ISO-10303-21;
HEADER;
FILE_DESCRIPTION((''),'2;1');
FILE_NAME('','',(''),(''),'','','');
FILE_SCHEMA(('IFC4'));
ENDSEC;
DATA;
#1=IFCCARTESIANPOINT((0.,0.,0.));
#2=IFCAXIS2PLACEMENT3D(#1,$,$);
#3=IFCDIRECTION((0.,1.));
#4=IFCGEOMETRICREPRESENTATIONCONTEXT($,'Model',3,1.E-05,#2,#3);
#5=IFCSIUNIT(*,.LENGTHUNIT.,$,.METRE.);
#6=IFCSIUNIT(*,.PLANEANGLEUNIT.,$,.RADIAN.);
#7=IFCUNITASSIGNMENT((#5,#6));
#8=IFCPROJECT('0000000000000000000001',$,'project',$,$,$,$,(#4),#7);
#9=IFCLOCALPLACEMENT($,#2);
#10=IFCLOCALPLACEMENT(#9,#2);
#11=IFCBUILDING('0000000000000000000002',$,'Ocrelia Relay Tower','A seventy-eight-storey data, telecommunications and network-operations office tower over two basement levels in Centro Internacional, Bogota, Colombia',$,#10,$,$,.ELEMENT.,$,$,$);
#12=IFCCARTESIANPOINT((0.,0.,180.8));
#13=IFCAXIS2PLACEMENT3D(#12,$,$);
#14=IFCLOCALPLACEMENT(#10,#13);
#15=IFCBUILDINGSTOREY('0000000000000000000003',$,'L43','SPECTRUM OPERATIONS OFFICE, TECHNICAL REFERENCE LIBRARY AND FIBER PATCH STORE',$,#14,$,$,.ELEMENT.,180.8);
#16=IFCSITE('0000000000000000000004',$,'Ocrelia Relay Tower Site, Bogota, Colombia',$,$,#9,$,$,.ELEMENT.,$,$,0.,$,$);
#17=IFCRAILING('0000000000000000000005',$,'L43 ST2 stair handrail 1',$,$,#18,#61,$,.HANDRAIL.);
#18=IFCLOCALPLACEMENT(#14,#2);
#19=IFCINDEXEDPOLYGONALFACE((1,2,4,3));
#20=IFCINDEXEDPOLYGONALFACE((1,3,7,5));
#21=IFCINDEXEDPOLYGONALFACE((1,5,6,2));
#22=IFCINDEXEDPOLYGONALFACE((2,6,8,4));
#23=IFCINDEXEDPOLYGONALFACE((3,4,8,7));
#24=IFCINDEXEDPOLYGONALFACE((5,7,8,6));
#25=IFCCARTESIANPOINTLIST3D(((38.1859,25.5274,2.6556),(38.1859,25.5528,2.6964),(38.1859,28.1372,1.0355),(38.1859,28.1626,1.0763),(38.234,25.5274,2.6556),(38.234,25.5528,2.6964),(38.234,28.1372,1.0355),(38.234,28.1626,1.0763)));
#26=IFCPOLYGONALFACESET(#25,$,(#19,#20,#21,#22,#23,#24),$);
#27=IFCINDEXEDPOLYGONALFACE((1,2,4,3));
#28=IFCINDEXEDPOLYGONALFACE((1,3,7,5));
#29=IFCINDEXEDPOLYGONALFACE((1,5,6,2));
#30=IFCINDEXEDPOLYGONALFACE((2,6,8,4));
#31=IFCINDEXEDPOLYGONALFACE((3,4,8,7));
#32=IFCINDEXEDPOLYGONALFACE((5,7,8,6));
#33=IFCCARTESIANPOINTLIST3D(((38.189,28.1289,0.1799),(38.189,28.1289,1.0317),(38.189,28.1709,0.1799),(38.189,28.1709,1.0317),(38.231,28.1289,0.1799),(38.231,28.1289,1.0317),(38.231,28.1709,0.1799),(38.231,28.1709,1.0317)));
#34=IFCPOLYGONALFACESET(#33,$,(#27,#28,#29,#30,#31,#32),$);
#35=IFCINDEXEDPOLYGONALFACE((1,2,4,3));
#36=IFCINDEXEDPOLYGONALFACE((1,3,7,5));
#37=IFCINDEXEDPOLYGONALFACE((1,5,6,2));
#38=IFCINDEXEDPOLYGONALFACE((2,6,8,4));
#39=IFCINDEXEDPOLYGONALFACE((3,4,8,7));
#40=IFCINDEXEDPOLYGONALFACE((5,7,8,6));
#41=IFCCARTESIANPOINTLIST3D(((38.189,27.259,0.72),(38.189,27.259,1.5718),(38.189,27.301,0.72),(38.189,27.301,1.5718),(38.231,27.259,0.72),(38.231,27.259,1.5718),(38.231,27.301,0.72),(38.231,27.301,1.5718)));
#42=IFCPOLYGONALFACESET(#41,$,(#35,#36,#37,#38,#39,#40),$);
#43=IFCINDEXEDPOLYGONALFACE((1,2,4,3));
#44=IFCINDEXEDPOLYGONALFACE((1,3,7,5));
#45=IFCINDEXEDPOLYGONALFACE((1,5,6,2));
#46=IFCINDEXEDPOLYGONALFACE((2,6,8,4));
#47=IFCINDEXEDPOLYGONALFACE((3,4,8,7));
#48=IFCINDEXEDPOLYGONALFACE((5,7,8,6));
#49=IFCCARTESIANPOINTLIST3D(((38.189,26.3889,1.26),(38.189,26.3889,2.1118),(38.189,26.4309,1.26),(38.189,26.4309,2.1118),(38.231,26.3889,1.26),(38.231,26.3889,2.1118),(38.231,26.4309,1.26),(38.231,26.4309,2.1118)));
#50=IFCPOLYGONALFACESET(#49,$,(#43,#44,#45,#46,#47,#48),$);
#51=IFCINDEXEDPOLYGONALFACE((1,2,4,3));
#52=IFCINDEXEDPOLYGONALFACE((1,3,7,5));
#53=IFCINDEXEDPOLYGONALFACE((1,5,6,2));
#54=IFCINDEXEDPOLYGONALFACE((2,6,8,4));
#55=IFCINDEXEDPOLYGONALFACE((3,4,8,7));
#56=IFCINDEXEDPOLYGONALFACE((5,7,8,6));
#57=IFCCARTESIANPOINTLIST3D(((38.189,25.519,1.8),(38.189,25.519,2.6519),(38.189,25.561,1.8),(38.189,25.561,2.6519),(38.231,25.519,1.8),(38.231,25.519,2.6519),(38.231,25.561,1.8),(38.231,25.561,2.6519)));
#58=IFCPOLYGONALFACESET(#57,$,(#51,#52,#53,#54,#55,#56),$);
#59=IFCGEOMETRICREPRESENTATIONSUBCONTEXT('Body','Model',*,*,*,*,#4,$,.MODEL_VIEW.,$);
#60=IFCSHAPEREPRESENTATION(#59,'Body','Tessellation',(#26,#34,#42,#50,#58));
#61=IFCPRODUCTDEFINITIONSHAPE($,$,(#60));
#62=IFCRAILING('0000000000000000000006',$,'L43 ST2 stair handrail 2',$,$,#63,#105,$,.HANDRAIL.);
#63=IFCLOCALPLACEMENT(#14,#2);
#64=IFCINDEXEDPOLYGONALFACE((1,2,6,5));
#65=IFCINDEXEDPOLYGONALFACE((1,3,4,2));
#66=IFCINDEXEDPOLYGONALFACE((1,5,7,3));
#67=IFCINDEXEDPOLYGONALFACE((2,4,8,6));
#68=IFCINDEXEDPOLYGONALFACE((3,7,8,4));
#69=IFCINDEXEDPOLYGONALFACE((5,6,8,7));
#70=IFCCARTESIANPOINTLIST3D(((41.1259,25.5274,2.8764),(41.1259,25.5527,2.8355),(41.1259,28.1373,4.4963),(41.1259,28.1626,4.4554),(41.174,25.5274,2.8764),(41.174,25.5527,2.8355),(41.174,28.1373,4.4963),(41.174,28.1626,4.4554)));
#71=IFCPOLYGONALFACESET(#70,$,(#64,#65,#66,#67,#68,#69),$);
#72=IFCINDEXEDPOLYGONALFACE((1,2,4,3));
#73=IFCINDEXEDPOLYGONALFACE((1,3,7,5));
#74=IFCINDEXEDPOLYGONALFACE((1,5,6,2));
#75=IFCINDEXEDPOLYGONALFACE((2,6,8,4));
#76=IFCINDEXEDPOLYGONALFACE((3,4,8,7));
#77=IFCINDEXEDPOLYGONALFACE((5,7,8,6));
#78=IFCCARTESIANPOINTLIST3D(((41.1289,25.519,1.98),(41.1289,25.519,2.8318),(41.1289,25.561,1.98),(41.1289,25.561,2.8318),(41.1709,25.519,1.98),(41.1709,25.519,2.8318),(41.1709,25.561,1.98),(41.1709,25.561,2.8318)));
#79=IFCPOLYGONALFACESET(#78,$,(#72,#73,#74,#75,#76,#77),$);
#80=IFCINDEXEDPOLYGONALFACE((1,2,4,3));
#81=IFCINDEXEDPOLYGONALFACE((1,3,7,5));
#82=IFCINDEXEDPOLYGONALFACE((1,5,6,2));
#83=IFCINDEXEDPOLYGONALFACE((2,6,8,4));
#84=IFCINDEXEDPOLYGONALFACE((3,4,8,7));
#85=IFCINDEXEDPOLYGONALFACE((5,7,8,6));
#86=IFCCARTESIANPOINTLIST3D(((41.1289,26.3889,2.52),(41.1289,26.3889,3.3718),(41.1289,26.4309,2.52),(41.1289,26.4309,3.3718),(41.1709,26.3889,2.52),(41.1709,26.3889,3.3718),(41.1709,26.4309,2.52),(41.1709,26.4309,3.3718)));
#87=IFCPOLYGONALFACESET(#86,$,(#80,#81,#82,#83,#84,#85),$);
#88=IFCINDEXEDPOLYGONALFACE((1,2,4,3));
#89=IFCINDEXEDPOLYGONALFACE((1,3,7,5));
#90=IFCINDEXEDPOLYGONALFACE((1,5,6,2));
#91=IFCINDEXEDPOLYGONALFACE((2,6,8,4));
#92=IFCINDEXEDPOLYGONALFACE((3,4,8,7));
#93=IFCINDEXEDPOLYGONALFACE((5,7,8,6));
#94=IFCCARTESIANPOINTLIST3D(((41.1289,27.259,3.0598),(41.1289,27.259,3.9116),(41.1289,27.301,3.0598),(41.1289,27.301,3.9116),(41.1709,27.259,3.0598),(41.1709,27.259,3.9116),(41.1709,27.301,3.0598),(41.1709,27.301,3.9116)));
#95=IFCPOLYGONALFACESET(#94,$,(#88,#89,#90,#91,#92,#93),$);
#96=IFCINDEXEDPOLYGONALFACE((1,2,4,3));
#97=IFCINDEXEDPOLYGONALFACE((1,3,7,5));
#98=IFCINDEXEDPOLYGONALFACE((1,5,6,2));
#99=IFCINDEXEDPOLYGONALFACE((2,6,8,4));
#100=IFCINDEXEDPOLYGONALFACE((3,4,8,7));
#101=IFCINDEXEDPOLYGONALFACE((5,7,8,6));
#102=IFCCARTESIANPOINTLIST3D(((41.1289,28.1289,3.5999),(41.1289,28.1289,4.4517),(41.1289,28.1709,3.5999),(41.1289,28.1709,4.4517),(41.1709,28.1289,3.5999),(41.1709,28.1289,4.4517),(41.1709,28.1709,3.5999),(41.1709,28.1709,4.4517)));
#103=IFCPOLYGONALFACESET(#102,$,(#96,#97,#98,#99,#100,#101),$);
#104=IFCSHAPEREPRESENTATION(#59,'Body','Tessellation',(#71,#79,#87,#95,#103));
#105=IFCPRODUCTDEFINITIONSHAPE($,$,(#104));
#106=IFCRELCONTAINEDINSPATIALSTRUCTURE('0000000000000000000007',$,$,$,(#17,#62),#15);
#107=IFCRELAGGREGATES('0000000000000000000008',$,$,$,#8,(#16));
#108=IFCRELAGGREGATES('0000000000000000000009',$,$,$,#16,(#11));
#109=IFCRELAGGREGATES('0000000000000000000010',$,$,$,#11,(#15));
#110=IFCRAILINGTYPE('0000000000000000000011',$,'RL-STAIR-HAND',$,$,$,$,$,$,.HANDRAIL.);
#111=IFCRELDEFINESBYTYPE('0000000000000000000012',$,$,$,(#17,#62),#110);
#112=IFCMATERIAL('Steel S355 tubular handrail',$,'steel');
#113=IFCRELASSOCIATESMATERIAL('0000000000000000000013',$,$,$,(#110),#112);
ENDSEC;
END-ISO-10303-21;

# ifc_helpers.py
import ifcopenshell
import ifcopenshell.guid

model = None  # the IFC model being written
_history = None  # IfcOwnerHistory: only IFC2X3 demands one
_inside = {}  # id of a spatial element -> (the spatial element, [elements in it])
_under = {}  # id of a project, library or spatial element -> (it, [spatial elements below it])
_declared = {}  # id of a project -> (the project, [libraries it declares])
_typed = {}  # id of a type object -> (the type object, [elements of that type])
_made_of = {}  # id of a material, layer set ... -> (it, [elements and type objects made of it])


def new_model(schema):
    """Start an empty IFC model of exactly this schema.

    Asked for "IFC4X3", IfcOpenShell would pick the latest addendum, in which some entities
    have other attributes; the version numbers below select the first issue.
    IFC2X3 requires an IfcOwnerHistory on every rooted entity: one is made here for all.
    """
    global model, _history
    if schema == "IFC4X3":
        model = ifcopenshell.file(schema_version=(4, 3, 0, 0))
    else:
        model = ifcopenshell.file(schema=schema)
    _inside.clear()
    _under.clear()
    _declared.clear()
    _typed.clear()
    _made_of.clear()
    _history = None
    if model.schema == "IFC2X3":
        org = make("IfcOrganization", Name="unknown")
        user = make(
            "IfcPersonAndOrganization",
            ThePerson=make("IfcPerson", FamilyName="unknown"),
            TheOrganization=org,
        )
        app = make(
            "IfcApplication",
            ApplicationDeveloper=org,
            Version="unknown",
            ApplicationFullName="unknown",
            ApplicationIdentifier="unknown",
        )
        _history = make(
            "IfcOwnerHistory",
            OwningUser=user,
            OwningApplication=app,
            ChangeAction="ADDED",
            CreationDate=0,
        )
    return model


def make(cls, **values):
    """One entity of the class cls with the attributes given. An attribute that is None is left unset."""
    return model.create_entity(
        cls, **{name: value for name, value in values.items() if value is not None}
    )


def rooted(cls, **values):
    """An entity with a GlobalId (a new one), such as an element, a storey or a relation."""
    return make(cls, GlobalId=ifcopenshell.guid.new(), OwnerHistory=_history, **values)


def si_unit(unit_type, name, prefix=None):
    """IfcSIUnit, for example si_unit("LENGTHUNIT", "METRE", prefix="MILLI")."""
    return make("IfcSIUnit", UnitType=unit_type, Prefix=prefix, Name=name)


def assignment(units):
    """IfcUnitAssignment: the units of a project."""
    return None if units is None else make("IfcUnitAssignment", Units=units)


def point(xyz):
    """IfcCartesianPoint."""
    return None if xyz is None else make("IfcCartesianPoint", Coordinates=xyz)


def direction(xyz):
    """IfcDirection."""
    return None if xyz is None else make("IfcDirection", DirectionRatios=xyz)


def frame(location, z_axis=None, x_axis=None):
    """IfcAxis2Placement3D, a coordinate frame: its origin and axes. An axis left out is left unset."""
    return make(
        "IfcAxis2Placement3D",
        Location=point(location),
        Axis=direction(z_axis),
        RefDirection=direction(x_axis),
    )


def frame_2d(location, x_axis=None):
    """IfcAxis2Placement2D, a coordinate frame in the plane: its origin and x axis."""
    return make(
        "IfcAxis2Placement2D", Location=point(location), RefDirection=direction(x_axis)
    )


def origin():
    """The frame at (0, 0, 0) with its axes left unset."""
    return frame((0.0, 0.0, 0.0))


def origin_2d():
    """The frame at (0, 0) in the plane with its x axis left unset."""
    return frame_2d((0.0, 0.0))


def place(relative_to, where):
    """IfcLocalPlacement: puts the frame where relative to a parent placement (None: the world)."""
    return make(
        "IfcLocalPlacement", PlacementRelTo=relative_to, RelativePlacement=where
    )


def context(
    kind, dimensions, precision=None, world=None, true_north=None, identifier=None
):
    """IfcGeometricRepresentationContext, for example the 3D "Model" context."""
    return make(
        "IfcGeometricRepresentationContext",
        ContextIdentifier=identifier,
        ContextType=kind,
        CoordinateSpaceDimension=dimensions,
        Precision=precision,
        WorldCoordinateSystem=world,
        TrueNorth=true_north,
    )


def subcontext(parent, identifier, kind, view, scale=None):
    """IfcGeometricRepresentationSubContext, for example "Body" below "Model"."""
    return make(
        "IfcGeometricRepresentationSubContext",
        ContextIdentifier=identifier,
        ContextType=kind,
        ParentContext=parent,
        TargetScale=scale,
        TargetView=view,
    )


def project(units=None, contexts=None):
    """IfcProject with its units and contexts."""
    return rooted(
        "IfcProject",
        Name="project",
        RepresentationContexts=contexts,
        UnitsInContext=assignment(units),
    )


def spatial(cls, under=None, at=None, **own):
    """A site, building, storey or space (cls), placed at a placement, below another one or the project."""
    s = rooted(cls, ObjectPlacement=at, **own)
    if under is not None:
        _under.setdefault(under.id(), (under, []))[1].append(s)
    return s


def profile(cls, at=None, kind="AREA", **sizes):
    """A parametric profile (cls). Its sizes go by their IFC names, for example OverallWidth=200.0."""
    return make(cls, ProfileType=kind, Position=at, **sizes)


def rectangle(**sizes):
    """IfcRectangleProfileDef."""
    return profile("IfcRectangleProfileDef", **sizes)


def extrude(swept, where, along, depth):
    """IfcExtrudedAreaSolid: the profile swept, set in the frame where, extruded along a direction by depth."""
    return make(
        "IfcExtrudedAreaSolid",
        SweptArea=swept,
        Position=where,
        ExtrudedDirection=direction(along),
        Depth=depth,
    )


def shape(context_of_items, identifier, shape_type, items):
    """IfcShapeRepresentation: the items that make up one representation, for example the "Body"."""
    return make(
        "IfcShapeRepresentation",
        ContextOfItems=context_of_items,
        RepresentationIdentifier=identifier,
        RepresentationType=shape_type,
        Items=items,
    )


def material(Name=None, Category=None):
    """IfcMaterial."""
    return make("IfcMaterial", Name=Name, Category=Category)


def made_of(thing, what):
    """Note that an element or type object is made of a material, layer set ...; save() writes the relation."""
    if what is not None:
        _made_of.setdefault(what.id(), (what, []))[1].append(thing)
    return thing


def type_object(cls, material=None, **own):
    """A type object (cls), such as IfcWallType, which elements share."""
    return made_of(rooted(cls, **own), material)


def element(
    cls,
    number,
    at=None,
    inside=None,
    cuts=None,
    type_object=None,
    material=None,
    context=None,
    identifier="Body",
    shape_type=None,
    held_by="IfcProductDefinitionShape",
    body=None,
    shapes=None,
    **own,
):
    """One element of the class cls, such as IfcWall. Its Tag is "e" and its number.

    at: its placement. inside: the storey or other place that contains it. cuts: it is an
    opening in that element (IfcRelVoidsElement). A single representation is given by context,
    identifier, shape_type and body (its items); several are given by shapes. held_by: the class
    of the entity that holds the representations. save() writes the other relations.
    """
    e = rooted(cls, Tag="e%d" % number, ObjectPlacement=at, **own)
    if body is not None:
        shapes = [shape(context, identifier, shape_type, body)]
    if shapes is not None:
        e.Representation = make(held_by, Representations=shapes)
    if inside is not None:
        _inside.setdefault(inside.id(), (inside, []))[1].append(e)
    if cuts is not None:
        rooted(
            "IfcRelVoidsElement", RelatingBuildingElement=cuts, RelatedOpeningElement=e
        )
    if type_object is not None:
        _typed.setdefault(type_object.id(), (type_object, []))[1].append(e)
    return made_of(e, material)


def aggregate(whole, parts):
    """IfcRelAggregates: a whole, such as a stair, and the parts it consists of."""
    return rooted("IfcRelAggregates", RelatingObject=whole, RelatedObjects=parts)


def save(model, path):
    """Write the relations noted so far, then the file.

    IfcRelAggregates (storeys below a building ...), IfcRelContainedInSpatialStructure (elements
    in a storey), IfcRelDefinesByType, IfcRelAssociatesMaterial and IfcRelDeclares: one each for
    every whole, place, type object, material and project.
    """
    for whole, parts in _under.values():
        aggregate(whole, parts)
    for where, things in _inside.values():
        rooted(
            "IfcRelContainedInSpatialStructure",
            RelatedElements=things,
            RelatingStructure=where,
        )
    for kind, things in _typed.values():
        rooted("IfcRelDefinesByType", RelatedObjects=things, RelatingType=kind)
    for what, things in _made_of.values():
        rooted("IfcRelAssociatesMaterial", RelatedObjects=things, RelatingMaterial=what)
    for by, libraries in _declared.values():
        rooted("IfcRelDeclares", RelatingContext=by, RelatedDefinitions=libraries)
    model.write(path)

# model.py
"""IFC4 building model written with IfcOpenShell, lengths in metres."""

from ifc_helpers import new_model, si_unit, direction, frame, origin, origin_2d, place, context, subcontext, project, spatial, rectangle, extrude, material, type_object, element, save


model = new_model("IFC4")

# Units and contexts
model_context = context("Model", 3, precision=1e-05, world=origin(), true_north=direction((0.0, 1.0)))
body_context = subcontext(model_context, "Body", "Model", "MODEL_VIEW")
ifc_project = project(units=[si_unit("LENGTHUNIT", "METRE"), si_unit("PLANEANGLEUNIT", "RADIAN")], contexts=[model_context])

# Site, building, storey
site_placement = place(None, origin())
site = spatial("IfcSite", under=ifc_project, at=site_placement, Name="Ocrelia Relay Tower Site, Bogota, Colombia", CompositionType="ELEMENT", RefElevation=0.0)
building_placement = place(site_placement, origin())
building = spatial("IfcBuilding", under=site, at=building_placement, Name="Ocrelia Relay Tower", Description="A seventy-eight-storey data, telecommunications and network-operations office tower over two basement levels in Centro Internacional, Bogota, Colombia", CompositionType="ELEMENT")
storey_placement = place(building_placement, frame((0.0, 0.0, 180.8)))
storey = spatial("IfcBuildingStorey", under=building, at=storey_placement, Name="L43", Description="SPECTRUM OPERATIONS OFFICE, TECHNICAL REFERENCE LIBRARY AND FIBER PATCH STORE", CompositionType="ELEMENT", Elevation=180.8)

# Railings
ifc_material_1 = material(Name="Steel S355 tubular handrail", Category="steel")
railing_type_1 = type_object("IfcRailingType", Name="RL-STAIR-HAND", PredefinedType="HANDRAIL", material=ifc_material_1)
railing_1_placement = place(storey_placement, frame((38.21, 28.1499, 0.1799)))
element("IfcRailing", 1, at=railing_1_placement, inside=storey, type_object=railing_type_1, Name="L43 ST2 stair handrail 1", PredefinedType="HANDRAIL", context=body_context, shape_type="SweptSolid", body=[
    extrude(rectangle(XDim=0.0481, YDim=0.0481, at=origin_2d()), frame((0.0, 0.0, 0.876), z_axis=(0.0, -0.849611, 0.52741), x_axis=(1.0, 0.0, 0.0)), (0.0, 0.0, 1.0), 3.0718),
    extrude(rectangle(XDim=0.042, YDim=0.042, at=origin_2d()), origin(), (0.0, 0.0, 1.0), 0.8518),
    extrude(rectangle(XDim=0.042, YDim=0.042, at=origin_2d()), frame((0.0, -0.8699, 0.54)), (0.0, 0.0, 1.0), 0.8518),
    extrude(rectangle(XDim=0.042, YDim=0.042, at=origin_2d()), frame((0.0, -1.74, 1.0801)), (0.0, 0.0, 1.0), 0.8518),
    extrude(rectangle(XDim=0.042, YDim=0.042, at=origin_2d()), frame((0.0, -2.6099, 1.6201)), (0.0, 0.0, 1.0), 0.8518),
])
railing_2_placement = place(storey_placement, frame((41.1499, 25.54, 1.98)))
element("IfcRailing", 2, at=railing_2_placement, inside=storey, type_object=railing_type_1, Name="L43 ST2 stair handrail 2", PredefinedType="HANDRAIL", context=body_context, shape_type="SweptSolid", body=[
    extrude(rectangle(XDim=0.0481, YDim=0.0481, at=origin_2d()), frame((0.0, 0.0, 0.876), z_axis=(0.0, 0.849646, 0.527353), x_axis=(-1.0, 0.0, 0.0)), (0.0, 0.0, 1.0), 3.0718),
    extrude(rectangle(XDim=0.042, YDim=0.042, at=origin_2d()), origin(), (0.0, 0.0, 1.0), 0.8518),
    extrude(rectangle(XDim=0.042, YDim=0.042, at=origin_2d()), frame((0.0, 0.8699, 0.54)), (0.0, 0.0, 1.0), 0.8518),
    extrude(rectangle(XDim=0.042, YDim=0.042, at=origin_2d()), frame((0.0, 1.74, 1.0798)), (0.0, 0.0, 1.0), 0.8518),
    extrude(rectangle(XDim=0.042, YDim=0.042, at=origin_2d()), frame((0.0, 2.6099, 1.6199)), (0.0, 0.0, 1.0), 0.8518),
])

save(model, "model.ifc")
